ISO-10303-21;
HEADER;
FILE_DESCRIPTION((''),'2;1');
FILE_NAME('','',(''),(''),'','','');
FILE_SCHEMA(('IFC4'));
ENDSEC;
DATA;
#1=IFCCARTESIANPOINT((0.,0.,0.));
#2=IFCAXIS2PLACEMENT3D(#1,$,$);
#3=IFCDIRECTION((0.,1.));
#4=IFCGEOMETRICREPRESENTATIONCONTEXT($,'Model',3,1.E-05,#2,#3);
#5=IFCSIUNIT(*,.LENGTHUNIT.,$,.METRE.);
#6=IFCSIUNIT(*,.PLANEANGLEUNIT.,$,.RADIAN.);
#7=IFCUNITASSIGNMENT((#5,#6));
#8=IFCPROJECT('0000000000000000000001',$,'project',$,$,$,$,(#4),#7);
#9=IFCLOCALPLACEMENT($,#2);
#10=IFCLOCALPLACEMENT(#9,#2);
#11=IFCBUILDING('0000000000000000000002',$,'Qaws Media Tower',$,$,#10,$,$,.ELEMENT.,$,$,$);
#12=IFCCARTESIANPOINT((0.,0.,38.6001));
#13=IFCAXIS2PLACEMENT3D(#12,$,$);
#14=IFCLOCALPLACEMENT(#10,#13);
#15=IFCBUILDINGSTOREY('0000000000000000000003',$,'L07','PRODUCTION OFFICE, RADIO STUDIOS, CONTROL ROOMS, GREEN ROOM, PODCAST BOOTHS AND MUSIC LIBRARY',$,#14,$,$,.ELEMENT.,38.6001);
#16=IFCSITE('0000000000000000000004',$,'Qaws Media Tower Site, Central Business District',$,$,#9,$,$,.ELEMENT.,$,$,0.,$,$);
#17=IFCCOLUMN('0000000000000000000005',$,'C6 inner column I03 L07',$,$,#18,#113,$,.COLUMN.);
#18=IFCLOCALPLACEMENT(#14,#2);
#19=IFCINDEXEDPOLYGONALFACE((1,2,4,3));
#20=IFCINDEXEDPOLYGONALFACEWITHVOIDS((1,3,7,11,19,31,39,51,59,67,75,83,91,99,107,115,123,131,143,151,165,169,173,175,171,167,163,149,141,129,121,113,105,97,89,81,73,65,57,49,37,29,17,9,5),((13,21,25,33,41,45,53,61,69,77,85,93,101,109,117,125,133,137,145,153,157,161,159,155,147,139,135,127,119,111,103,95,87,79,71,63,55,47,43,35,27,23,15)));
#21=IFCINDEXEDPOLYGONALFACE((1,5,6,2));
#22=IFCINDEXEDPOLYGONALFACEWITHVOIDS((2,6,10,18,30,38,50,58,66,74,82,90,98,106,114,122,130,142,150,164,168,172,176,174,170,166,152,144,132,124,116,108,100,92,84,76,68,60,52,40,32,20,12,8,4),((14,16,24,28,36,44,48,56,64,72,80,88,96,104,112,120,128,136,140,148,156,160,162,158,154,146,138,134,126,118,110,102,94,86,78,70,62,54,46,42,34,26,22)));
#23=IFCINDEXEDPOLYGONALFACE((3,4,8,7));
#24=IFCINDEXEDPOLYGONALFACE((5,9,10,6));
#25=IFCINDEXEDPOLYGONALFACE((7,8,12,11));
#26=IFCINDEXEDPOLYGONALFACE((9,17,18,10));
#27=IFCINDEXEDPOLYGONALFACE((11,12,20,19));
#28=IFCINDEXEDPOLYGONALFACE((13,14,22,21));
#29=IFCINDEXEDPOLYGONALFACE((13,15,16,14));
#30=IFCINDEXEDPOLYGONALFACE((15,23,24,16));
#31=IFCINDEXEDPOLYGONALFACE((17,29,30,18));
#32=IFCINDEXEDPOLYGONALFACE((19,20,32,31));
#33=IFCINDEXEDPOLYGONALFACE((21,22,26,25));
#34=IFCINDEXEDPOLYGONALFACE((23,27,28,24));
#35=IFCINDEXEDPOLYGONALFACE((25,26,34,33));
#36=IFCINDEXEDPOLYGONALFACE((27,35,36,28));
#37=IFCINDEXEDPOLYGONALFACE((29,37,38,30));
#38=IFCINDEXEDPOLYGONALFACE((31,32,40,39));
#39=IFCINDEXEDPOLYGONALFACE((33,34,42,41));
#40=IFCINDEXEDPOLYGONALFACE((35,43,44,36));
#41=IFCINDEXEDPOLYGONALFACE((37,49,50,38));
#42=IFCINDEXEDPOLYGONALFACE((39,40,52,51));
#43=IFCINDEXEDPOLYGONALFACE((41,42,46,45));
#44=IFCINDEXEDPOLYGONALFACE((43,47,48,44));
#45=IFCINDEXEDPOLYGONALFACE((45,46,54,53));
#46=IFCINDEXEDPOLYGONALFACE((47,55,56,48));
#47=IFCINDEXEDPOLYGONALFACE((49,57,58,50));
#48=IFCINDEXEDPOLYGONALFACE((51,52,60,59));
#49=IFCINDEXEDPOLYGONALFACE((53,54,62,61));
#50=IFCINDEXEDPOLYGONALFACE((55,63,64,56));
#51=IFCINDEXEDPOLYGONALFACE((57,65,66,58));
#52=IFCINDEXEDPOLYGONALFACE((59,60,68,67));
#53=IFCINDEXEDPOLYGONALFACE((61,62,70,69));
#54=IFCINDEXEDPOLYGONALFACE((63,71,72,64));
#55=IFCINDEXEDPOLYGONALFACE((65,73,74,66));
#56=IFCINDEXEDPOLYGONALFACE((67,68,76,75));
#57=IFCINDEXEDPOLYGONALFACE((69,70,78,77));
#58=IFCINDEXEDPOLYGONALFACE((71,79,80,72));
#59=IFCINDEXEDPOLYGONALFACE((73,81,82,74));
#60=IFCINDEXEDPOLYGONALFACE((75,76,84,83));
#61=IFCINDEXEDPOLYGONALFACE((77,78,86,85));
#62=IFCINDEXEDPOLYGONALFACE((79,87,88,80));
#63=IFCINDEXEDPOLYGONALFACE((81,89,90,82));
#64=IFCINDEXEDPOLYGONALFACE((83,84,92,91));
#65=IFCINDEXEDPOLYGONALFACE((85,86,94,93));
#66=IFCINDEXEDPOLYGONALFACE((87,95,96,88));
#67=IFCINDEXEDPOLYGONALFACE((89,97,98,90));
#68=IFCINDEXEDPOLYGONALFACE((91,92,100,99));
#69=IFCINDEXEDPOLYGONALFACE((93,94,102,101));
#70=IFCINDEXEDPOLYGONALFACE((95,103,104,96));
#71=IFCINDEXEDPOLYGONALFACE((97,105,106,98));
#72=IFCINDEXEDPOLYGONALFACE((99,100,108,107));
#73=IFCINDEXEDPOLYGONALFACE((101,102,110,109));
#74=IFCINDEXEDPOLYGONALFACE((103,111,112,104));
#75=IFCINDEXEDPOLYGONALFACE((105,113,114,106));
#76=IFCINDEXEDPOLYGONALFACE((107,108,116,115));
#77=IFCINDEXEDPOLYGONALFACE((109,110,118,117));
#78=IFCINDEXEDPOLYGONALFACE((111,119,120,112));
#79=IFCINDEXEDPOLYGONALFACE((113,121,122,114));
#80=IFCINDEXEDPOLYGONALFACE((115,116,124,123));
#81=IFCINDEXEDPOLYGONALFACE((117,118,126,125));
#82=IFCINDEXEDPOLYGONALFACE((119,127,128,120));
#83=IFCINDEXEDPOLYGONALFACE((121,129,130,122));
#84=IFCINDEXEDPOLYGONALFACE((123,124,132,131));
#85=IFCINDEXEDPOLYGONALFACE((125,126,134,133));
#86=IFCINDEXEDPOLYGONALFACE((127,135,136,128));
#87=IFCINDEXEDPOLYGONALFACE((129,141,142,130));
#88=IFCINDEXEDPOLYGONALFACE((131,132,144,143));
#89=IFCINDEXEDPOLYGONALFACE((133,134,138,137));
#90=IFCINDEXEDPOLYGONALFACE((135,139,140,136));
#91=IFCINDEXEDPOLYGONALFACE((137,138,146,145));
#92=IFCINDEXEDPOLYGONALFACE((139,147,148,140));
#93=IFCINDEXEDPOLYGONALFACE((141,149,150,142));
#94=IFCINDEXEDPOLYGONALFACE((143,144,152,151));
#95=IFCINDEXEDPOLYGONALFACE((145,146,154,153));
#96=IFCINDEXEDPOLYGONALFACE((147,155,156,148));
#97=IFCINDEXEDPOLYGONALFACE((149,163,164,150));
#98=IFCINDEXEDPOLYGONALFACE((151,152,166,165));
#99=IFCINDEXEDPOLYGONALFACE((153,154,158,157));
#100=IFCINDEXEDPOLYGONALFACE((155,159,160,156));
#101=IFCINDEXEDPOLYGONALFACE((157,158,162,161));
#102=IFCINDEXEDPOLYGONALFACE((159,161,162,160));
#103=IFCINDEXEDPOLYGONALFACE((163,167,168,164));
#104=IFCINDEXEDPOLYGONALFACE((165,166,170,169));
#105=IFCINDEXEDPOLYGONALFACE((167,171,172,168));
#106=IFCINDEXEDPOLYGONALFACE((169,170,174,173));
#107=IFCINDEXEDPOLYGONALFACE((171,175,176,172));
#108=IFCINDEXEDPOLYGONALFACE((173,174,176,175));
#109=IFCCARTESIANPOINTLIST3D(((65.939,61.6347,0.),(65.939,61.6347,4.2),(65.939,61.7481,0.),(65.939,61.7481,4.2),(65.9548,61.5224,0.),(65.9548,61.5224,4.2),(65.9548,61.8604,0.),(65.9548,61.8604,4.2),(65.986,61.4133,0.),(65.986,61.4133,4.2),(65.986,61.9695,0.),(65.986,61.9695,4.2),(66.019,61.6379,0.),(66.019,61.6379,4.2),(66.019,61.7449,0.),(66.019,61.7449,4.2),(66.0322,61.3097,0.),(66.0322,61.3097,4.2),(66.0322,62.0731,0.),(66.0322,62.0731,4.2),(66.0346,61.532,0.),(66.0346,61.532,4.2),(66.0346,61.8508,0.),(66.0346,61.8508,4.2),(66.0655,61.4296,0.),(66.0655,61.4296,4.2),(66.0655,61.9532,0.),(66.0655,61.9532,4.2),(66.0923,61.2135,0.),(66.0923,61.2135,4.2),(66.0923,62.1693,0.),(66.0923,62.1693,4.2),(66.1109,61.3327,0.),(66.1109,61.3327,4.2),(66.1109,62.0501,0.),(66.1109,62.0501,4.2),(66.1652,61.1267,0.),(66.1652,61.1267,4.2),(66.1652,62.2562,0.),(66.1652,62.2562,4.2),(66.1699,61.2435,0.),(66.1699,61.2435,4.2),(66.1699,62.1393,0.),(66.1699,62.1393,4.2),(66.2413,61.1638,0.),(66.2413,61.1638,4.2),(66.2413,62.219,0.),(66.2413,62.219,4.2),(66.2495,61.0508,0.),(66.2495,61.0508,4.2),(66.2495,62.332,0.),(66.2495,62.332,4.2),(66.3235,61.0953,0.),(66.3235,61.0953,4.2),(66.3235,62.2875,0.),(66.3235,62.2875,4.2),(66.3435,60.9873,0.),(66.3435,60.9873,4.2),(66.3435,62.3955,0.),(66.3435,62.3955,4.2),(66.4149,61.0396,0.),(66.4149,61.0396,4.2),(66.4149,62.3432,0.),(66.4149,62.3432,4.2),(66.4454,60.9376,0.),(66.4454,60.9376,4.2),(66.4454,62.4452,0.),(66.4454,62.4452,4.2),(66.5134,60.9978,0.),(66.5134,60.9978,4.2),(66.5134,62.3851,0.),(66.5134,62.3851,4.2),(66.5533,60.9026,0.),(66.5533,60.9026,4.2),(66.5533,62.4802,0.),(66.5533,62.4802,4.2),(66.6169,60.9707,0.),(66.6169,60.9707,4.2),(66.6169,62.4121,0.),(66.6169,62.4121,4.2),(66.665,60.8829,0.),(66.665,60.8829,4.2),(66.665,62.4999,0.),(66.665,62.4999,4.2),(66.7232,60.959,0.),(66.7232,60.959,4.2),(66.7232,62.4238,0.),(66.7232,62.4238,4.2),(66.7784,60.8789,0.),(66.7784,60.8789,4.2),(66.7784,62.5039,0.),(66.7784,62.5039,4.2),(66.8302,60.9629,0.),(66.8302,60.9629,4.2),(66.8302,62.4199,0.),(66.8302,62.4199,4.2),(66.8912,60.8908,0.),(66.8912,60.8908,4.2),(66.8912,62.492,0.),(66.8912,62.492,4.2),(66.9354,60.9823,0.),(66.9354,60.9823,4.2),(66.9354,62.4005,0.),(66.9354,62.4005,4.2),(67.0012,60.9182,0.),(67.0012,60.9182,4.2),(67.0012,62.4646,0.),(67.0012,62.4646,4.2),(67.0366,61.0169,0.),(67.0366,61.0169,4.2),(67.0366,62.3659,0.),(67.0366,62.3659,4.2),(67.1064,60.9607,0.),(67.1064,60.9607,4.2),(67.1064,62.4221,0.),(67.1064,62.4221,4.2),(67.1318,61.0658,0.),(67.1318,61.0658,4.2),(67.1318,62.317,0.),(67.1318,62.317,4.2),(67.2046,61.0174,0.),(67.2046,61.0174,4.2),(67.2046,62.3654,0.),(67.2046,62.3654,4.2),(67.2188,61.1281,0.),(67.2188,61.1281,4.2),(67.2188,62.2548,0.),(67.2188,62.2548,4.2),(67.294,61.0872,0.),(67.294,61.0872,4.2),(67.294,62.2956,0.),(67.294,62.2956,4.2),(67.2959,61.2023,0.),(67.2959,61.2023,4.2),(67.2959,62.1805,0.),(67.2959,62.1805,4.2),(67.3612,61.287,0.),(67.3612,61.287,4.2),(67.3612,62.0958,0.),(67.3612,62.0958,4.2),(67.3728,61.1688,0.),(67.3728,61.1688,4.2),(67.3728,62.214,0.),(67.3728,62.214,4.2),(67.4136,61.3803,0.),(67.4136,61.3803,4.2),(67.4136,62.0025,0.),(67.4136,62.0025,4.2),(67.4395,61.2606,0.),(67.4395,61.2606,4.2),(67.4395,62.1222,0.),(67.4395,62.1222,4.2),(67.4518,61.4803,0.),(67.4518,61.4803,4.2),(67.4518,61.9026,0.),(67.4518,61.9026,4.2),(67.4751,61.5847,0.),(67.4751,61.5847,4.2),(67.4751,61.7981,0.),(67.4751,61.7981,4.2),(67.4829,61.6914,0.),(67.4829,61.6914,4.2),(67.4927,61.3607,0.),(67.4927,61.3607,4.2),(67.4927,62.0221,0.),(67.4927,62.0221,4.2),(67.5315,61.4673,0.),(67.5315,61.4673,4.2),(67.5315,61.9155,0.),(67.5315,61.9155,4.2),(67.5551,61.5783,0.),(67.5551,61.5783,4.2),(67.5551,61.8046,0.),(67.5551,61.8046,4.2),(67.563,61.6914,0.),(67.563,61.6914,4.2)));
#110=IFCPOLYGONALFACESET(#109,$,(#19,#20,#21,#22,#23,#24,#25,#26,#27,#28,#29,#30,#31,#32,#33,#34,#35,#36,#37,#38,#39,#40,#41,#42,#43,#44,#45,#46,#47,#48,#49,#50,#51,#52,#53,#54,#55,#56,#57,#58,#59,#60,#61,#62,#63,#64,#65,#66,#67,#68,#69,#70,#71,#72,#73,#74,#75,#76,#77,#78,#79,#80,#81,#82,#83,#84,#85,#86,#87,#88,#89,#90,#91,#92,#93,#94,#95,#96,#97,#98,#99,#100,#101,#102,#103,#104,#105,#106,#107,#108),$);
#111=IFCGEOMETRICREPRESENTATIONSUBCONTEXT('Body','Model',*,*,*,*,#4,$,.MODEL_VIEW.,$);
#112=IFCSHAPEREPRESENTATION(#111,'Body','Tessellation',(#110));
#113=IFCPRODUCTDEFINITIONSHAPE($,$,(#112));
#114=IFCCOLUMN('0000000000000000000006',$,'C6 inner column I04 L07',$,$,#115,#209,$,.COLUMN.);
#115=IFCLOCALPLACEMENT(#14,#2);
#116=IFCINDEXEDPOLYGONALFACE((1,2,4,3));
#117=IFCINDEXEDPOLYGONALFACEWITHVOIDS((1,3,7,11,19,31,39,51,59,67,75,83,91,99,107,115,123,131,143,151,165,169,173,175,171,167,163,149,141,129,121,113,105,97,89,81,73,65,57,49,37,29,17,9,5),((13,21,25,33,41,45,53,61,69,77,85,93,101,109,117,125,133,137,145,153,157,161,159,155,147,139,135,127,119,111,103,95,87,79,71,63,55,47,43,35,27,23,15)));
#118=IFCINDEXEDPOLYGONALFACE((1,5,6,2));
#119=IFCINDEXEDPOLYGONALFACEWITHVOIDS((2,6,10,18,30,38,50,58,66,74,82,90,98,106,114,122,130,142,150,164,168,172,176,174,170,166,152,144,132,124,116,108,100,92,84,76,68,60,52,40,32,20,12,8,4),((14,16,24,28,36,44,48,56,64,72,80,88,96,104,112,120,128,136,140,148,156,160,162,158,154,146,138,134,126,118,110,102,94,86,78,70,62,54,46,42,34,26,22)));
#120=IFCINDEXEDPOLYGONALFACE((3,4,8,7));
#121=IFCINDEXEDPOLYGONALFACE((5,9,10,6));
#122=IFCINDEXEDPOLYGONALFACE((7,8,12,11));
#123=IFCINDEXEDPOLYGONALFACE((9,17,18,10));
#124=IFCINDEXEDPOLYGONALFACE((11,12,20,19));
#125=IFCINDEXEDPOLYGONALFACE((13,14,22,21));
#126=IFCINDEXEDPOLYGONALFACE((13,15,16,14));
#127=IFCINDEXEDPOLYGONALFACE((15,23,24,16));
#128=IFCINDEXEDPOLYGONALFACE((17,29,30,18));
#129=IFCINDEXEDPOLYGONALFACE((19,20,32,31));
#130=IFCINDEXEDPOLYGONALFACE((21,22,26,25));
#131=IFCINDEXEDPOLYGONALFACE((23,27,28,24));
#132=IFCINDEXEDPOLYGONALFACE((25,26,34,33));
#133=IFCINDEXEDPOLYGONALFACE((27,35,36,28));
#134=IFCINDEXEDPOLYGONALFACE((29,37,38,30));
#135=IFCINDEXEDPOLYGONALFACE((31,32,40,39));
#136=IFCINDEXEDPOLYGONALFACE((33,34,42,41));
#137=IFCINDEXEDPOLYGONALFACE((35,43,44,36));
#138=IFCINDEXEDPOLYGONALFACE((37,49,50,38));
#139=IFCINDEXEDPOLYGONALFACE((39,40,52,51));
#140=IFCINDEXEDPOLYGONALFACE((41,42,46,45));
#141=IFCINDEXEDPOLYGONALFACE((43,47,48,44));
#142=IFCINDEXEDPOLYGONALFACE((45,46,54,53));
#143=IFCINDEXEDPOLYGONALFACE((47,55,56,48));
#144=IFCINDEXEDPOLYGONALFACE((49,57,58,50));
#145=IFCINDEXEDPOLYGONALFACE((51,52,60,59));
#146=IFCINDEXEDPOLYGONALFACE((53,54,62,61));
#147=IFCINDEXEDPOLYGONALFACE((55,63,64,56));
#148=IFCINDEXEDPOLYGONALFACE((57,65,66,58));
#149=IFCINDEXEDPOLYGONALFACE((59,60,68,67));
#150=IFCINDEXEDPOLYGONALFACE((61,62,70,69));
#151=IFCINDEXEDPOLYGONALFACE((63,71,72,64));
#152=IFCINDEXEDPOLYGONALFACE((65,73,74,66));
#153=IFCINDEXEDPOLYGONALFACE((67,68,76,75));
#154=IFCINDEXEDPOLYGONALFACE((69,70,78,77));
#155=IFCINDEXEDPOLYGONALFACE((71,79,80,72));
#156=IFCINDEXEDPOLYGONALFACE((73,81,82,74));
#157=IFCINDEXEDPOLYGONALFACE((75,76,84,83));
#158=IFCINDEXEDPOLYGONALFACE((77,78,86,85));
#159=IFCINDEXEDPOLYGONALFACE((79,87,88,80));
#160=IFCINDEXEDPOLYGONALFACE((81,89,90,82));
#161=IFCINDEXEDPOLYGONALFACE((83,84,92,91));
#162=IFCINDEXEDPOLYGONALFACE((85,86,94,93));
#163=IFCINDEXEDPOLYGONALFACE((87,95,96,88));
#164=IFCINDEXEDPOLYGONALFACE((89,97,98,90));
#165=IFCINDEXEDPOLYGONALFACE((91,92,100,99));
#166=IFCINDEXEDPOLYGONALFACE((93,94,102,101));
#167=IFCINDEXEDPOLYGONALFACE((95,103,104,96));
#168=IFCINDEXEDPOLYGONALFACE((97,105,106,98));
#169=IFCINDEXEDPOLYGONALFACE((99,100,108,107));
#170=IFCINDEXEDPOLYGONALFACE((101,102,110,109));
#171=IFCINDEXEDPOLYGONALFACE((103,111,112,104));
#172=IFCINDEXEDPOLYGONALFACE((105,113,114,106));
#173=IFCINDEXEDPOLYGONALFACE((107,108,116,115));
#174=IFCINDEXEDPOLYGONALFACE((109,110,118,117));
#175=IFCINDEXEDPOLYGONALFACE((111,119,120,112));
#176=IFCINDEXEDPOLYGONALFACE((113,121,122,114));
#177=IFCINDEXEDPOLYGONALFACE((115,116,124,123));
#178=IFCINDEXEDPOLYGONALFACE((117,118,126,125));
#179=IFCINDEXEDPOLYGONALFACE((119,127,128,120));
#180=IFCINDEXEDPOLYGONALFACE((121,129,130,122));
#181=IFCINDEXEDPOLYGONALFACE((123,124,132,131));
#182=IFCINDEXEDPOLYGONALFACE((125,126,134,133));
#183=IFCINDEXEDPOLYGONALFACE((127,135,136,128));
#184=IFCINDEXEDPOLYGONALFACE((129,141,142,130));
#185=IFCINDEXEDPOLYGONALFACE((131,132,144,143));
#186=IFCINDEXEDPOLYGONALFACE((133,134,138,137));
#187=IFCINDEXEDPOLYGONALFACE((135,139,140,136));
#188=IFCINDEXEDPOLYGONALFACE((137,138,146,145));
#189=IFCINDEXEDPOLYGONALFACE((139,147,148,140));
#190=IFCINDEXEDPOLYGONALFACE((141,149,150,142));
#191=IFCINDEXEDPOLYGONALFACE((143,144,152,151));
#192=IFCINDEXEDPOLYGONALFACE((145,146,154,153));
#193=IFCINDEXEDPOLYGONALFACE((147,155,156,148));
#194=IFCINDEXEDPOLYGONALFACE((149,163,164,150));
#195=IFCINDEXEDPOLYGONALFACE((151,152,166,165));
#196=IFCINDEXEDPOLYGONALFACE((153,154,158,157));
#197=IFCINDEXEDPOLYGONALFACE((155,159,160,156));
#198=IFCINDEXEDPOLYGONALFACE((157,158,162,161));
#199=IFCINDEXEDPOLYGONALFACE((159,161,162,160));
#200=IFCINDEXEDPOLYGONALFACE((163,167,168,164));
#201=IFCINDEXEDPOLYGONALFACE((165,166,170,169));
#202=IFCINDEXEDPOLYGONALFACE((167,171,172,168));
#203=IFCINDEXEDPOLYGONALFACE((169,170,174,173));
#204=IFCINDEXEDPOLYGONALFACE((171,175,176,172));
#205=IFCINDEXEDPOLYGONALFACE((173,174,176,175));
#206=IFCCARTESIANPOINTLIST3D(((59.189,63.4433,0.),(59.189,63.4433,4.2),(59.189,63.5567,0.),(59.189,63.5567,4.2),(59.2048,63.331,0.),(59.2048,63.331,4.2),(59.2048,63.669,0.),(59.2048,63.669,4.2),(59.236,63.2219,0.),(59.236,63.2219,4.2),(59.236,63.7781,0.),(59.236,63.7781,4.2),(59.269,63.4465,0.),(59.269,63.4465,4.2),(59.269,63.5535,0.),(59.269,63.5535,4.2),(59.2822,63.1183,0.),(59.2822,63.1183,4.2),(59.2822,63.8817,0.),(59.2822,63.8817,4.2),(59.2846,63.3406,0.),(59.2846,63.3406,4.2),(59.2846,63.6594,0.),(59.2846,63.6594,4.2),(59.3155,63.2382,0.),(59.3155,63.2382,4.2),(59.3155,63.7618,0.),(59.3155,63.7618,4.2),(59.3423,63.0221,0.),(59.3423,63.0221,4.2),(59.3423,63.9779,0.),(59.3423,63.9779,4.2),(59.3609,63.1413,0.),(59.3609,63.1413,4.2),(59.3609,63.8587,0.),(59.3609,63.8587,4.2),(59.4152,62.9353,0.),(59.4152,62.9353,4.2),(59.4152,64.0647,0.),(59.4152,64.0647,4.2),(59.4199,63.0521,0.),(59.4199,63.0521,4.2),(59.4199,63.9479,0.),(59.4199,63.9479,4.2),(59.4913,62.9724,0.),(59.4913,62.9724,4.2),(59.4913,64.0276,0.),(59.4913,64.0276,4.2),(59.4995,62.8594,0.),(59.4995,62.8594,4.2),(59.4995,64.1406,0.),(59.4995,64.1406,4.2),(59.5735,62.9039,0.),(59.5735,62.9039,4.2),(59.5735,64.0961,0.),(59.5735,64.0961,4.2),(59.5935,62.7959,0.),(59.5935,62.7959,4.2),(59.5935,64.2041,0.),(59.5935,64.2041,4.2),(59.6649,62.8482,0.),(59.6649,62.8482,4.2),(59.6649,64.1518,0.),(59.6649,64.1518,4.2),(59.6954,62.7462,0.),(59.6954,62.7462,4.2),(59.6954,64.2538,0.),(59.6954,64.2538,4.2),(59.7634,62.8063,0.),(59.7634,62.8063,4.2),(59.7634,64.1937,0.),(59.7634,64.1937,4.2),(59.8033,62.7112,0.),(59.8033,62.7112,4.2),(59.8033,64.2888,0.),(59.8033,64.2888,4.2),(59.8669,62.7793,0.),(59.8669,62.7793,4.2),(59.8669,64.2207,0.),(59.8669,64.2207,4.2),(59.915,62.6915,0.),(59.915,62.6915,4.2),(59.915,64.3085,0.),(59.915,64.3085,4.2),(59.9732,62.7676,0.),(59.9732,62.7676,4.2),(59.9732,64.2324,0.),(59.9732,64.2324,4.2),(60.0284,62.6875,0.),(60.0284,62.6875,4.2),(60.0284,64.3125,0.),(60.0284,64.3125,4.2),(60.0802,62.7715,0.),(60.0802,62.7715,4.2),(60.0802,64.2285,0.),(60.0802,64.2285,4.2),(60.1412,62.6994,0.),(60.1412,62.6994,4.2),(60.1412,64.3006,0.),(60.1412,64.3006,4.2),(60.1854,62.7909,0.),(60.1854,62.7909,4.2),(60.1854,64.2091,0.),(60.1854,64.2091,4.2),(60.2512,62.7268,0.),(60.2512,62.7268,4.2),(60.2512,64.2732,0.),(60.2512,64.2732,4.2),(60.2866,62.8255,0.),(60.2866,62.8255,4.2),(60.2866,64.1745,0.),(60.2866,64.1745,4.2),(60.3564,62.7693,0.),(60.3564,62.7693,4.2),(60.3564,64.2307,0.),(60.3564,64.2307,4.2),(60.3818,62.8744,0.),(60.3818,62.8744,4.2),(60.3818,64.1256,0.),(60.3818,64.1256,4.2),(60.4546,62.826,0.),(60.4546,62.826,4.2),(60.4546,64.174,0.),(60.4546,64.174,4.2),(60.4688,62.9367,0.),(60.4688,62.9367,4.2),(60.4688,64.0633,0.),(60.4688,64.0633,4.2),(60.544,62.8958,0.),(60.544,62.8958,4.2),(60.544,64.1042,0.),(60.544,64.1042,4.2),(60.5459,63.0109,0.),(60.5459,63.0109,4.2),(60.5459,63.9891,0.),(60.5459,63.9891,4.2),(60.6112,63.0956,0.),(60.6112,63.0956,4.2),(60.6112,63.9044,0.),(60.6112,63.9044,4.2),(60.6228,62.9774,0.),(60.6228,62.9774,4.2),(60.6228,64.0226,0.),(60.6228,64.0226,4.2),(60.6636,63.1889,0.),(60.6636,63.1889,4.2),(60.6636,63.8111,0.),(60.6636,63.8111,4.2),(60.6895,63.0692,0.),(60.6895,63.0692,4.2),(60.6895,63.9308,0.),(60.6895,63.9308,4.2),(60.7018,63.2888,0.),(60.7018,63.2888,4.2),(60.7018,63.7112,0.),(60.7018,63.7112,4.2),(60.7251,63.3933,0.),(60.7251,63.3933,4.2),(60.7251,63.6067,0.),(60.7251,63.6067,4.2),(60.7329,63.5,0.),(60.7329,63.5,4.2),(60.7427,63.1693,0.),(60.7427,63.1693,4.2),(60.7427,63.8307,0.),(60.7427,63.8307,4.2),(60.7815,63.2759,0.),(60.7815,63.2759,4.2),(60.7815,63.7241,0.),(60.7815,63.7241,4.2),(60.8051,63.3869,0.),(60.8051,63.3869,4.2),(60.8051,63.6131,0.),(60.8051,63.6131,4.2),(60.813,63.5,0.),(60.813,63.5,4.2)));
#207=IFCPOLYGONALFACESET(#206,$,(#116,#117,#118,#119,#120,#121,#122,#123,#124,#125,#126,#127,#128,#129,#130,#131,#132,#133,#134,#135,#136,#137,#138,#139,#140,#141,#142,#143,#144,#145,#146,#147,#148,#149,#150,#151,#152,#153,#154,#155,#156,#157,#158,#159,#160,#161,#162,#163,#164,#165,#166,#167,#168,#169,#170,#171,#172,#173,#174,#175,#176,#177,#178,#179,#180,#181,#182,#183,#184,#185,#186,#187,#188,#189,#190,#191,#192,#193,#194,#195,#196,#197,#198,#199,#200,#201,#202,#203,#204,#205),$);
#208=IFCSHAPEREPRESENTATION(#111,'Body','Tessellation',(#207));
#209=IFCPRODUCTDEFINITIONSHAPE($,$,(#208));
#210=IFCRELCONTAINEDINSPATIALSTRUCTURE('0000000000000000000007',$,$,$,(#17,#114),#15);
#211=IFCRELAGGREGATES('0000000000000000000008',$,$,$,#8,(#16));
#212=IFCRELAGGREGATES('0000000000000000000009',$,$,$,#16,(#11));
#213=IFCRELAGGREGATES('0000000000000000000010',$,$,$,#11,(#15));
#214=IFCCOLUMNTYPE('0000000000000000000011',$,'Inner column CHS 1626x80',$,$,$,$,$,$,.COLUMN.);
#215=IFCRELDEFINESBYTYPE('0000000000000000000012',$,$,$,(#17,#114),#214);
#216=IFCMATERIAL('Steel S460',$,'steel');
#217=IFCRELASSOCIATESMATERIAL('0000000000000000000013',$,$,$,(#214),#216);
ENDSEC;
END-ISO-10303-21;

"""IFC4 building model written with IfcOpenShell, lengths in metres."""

from ifc_helpers import new_model, si_unit, direction, frame, origin, origin_2d, place, context, subcontext, project, spatial, hollow_circle, extrude, material, material_profile, profile_set, type_object, element, save


model = new_model("IFC4")

# Units and contexts
model_context = context("Model", 3, precision=1e-05, world=origin(), true_north=direction((0.0, 1.0)))
body_context = subcontext(model_context, "Body", "Model", "MODEL_VIEW")
ifc_project = project(units=[si_unit("LENGTHUNIT", "METRE"), si_unit("PLANEANGLEUNIT", "RADIAN")], contexts=[model_context])

# Site, building, storey
site_placement = place(None, origin())
site = spatial("IfcSite", under=ifc_project, at=site_placement, Name="Qaws Media Tower Site, Central Business District", CompositionType="ELEMENT", RefElevation=0.0)
building_placement = place(site_placement, origin())
building = spatial("IfcBuilding", under=site, at=building_placement, Name="Qaws Media Tower", CompositionType="ELEMENT")
storey_placement = place(building_placement, frame((0.0, 0.0, 38.6001)))
storey = spatial("IfcBuildingStorey", under=building, at=storey_placement, Name="L07", Description="PRODUCTION OFFICE, RADIO STUDIOS, CONTROL ROOMS, GREEN ROOM, PODCAST BOOTHS AND MUSIC LIBRARY", CompositionType="ELEMENT", Elevation=38.6001)

# Columns
ifc_material_1 = material(Name="Steel S460", Category="steel")
ifc_material_profile_1 = material_profile(ifc_material_1, hollow_circle(Radius=0.813, WallThickness=0.0801, at=origin_2d()), Name="CHS 1626x80")
ifc_profile_set_1 = profile_set([ifc_material_profile_1], Name="Steel S460")
column_type = type_object("IfcColumnType", Name="Inner column CHS 1626x80", PredefinedType="COLUMN", material=ifc_profile_set_1)
for number, where, z_axis, x_axis, name in (
    (1, (66.75, 61.6914, 0.0), (0.0, 0.0, 1.0), (1.0, 0.0, 0.0), "C6 inner column I03 L07"),
    (2, (60.0, 63.5, 0.0), (0.0, 0.0, 1.0), (1.0, 0.0, 0.0), "C6 inner column I04 L07"),
):
    element("IfcColumn", number, at=place(storey_placement, frame(where, z_axis=z_axis, x_axis=x_axis)), inside=storey, type_object=column_type, Name=name, PredefinedType="COLUMN", context=body_context, shape_type="SweptSolid", body=[
        extrude(hollow_circle(Radius=0.813, WallThickness=0.0801, at=origin_2d()), origin(), (0.0, 0.0, 1.0), 4.2),
    ])

save(model, "model.ifc")
